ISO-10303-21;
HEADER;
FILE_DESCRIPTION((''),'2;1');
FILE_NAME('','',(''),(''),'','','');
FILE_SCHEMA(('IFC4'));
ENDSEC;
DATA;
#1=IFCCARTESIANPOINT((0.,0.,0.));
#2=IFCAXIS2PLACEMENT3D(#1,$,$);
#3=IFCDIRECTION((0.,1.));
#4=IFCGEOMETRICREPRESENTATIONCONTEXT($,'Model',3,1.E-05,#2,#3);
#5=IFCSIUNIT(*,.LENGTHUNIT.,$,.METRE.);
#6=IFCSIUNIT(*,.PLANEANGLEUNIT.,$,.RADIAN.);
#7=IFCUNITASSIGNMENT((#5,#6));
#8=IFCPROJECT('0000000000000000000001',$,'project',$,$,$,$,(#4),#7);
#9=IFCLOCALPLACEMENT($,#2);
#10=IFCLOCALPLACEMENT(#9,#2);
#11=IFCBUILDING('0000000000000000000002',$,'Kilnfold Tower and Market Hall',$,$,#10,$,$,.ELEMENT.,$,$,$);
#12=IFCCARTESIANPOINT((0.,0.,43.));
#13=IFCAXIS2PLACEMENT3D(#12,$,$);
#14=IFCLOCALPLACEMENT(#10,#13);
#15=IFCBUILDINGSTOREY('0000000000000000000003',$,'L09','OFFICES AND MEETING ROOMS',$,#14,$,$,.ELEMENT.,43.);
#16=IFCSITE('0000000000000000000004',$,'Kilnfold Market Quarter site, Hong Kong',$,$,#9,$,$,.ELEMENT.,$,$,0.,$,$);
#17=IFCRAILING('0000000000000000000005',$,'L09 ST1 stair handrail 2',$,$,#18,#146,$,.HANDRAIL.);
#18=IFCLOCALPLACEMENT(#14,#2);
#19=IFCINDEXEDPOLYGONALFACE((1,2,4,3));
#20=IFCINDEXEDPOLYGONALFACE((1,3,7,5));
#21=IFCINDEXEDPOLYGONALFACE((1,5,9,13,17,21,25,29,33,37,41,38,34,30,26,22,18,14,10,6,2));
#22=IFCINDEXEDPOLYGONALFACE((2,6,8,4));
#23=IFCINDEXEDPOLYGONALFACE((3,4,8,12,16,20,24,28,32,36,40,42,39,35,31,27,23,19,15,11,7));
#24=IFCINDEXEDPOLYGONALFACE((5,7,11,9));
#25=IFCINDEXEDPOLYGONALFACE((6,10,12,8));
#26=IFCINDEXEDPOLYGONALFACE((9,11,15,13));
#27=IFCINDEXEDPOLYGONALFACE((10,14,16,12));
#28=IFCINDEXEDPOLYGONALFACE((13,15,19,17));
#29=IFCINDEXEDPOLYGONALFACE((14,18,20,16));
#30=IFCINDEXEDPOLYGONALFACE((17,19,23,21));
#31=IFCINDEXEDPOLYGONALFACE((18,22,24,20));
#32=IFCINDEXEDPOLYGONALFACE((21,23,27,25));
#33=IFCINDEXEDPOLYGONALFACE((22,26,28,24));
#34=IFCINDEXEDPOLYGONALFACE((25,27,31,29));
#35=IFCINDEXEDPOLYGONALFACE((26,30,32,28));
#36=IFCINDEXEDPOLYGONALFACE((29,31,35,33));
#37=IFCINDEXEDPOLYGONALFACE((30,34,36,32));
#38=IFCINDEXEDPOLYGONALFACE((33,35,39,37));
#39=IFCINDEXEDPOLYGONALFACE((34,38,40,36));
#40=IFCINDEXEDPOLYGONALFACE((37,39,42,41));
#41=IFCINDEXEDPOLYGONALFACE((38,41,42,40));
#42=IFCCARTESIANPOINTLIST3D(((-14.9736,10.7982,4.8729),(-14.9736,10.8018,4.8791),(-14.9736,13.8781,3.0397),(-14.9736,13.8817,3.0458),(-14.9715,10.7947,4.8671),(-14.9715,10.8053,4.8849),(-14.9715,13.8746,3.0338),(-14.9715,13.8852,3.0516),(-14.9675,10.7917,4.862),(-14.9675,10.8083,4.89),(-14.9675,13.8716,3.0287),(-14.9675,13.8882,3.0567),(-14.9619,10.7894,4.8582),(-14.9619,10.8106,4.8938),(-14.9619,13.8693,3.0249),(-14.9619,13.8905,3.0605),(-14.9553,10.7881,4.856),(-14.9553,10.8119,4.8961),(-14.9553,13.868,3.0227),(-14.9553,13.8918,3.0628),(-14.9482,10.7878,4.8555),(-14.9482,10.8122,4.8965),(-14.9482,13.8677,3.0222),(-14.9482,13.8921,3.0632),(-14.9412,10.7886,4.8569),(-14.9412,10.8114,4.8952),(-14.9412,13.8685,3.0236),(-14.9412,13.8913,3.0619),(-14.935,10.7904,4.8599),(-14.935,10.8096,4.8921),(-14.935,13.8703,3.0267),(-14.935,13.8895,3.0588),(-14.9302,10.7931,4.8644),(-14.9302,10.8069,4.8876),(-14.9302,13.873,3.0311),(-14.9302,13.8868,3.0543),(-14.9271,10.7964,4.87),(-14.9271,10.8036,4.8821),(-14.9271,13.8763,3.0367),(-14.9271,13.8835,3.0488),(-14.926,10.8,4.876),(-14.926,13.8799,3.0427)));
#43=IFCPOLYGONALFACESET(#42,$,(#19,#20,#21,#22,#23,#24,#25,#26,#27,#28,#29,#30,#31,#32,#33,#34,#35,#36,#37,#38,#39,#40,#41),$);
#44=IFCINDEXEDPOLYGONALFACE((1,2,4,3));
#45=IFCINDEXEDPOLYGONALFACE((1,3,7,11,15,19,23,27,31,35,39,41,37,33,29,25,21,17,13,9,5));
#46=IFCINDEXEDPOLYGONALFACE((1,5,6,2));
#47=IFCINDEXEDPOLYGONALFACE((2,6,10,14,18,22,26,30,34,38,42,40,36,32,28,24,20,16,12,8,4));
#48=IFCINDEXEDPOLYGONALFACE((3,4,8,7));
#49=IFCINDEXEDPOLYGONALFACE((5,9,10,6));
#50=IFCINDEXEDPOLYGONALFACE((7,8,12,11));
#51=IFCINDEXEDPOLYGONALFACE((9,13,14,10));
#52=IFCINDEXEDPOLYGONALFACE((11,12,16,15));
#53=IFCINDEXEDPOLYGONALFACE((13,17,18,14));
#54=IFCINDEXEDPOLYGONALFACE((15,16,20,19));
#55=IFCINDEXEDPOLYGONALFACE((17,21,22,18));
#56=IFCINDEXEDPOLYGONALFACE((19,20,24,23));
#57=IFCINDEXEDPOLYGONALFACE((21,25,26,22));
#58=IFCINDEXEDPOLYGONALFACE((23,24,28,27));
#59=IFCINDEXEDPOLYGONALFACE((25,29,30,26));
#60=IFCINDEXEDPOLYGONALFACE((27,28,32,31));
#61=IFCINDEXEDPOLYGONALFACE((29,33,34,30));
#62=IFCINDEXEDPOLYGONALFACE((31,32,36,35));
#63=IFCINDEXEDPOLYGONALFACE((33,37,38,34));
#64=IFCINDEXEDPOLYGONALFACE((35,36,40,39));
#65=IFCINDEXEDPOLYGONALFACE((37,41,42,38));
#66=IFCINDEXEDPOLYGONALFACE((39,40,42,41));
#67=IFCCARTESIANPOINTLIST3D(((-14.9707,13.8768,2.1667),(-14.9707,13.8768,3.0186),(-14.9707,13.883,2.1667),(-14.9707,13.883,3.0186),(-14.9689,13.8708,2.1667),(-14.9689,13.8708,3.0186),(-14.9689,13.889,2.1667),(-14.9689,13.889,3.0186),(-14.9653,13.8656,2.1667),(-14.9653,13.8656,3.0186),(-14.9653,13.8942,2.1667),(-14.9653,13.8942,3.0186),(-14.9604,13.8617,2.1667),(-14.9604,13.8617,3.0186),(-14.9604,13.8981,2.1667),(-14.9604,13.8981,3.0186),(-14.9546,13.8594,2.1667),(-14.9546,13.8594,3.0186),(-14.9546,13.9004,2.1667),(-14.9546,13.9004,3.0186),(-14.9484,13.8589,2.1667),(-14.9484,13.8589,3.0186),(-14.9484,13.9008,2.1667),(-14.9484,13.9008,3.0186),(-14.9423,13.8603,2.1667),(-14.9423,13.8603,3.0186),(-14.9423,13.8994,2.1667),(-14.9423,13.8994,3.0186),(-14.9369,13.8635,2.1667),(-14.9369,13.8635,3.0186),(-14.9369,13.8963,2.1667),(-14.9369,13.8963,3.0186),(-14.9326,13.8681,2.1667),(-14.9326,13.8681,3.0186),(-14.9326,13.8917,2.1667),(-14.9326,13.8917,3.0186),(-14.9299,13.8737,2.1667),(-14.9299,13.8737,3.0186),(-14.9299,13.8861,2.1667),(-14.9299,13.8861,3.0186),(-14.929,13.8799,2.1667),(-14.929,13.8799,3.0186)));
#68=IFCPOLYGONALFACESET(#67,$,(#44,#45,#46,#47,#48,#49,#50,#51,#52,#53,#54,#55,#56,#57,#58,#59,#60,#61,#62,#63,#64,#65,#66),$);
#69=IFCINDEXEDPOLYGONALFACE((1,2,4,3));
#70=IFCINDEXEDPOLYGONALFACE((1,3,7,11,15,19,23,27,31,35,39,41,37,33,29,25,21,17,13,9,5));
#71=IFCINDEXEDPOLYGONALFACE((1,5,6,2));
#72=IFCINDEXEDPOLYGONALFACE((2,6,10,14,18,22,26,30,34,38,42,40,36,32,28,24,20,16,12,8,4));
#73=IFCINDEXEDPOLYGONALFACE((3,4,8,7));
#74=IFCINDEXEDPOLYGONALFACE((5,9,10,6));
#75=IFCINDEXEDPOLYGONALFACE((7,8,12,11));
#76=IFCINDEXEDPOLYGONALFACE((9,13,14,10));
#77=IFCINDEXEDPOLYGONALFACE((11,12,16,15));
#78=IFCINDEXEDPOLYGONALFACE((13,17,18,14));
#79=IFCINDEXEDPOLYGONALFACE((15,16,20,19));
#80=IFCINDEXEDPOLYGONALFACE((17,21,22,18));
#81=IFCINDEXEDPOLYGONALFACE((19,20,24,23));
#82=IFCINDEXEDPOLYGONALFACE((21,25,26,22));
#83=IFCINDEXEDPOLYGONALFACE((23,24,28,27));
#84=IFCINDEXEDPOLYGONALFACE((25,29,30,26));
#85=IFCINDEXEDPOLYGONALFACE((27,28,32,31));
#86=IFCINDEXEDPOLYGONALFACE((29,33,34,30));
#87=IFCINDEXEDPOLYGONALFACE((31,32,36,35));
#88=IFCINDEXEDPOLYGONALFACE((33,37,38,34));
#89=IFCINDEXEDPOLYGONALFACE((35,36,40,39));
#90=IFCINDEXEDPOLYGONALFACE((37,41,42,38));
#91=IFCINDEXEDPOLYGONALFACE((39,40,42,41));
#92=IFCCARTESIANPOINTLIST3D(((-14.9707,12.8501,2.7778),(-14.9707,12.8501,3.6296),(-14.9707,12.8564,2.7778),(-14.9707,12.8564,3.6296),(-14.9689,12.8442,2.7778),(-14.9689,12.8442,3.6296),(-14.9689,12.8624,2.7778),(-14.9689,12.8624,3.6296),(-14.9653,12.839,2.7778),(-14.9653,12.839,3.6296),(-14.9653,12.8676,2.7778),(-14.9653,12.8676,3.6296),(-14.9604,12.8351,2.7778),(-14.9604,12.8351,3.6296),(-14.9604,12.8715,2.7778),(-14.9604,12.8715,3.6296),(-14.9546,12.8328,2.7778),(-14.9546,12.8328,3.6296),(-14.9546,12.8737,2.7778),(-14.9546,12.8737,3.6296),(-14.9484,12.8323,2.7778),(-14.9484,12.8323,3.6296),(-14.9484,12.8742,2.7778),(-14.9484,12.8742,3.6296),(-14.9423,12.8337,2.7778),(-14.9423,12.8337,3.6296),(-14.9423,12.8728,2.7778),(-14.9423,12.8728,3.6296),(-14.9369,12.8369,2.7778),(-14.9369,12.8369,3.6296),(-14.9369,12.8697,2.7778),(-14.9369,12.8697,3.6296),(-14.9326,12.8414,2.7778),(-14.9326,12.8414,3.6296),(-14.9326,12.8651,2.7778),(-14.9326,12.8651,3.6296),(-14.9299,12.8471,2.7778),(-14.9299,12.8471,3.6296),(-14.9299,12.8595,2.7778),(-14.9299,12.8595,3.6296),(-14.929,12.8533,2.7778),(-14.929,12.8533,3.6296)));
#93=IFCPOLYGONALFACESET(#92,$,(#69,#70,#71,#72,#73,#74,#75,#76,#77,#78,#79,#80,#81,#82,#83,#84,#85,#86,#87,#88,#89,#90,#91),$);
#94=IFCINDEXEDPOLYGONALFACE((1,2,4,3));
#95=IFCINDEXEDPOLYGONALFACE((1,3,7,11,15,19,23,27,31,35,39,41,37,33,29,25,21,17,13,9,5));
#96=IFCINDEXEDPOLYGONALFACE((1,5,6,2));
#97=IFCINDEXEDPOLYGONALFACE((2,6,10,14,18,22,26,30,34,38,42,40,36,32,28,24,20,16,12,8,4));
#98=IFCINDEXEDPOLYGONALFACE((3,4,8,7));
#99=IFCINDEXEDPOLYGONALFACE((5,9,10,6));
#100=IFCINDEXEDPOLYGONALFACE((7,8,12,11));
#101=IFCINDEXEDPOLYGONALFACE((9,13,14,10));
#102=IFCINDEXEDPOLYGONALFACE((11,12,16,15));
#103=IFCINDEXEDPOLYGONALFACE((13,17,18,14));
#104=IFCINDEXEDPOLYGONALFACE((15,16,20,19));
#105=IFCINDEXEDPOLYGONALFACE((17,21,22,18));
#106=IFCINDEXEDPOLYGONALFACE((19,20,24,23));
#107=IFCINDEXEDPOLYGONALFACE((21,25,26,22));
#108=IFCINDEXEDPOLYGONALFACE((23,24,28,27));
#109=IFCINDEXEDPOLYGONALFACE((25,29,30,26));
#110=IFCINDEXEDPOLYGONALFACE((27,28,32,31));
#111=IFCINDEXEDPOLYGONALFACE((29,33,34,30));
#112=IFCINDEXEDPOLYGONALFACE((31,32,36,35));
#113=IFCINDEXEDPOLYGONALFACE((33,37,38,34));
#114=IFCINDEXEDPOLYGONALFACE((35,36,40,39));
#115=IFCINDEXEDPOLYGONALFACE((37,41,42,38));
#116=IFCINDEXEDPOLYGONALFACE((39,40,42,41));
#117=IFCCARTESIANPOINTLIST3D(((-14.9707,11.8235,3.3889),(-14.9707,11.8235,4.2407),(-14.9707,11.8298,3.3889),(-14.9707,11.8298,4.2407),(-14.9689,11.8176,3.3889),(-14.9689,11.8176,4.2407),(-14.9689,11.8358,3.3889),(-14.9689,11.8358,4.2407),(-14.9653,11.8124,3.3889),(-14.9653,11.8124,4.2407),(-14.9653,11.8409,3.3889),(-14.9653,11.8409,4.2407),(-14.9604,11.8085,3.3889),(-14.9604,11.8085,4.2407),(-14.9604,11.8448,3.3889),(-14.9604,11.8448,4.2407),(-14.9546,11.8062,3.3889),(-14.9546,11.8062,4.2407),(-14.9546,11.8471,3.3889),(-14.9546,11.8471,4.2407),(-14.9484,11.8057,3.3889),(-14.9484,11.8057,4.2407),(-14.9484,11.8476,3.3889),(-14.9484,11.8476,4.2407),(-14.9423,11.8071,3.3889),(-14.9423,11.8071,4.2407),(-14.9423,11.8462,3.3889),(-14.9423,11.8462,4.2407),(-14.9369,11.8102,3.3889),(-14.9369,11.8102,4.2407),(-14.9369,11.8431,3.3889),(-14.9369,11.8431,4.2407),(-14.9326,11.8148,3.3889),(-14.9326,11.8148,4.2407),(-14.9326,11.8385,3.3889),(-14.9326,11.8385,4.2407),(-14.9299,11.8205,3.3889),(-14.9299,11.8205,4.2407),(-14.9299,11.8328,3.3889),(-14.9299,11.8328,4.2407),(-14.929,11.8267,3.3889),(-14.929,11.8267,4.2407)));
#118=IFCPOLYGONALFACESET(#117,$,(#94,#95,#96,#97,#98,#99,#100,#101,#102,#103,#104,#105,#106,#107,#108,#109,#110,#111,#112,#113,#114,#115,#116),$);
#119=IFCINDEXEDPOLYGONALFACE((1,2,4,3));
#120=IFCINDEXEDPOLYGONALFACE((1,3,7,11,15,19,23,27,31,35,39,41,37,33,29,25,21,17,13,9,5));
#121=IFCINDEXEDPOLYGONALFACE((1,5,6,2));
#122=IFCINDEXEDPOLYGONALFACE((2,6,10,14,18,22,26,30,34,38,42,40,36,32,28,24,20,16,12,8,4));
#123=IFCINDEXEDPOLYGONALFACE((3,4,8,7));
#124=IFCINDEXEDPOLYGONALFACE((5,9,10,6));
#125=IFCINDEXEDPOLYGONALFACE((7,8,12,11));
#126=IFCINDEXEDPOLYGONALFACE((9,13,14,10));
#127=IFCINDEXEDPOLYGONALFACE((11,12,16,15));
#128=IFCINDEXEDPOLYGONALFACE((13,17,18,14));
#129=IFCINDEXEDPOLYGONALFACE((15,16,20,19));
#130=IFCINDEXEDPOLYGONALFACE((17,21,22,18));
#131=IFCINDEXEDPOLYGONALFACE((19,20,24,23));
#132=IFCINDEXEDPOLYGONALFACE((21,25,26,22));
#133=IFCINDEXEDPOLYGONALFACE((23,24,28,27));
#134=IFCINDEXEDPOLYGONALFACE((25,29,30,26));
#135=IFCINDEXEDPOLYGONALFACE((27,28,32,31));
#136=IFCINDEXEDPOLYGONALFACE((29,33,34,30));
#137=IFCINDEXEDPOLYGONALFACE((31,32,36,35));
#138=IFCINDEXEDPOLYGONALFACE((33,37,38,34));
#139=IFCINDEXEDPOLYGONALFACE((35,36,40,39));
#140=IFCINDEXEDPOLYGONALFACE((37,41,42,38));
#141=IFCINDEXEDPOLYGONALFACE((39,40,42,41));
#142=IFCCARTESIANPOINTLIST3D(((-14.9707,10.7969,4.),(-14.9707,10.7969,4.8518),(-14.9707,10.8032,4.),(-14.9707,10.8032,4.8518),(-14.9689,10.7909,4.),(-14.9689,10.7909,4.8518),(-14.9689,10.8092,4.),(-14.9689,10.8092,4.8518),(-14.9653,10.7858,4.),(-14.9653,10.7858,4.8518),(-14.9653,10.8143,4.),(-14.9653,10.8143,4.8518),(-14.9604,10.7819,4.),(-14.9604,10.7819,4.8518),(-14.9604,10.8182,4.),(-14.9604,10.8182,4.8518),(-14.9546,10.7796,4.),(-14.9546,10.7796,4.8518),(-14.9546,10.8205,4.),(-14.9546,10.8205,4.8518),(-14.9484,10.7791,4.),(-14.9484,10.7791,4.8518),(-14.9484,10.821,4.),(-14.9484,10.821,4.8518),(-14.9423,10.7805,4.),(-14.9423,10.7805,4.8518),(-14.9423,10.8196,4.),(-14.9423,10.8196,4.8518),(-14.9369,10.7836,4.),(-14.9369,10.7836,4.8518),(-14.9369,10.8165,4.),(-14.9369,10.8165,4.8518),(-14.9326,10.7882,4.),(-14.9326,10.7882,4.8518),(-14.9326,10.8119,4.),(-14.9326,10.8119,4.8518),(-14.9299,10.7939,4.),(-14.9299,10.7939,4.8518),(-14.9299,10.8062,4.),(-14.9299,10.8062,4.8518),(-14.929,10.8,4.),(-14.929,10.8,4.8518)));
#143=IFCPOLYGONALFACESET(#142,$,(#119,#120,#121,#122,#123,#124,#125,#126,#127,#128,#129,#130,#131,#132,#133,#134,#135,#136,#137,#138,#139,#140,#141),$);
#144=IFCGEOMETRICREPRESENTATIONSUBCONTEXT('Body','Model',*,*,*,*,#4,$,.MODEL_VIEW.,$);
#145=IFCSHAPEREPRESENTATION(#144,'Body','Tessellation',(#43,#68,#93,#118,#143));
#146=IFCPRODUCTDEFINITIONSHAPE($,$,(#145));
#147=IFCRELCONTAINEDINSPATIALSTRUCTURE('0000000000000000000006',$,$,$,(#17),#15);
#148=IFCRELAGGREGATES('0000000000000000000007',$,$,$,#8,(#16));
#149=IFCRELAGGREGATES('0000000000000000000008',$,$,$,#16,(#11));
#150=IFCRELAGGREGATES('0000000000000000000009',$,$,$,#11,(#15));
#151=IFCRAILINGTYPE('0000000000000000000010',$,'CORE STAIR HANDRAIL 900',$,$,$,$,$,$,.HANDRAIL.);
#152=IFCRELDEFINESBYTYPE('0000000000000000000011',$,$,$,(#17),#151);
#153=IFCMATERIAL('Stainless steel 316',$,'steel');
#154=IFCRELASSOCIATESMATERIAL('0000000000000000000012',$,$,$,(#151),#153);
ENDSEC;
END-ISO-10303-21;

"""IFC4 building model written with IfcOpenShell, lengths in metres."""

from ifc_helpers import new_model, si_unit, direction, frame, origin, origin_2d, place, context, subcontext, project, spatial, circle, extrude, material, type_object, element, save


model = new_model("IFC4")

# Units and contexts
model_context = context("Model", 3, precision=1e-05, world=origin(), true_north=direction((0.0, 1.0)))
body_context = subcontext(model_context, "Body", "Model", "MODEL_VIEW")
ifc_project = project(units=[si_unit("LENGTHUNIT", "METRE"), si_unit("PLANEANGLEUNIT", "RADIAN")], contexts=[model_context])

# Site, building, storey
site_placement = place(None, origin())
site = spatial("IfcSite", under=ifc_project, at=site_placement, Name="Kilnfold Market Quarter site, Hong Kong", CompositionType="ELEMENT", RefElevation=0.0)
building_placement = place(site_placement, origin())
building = spatial("IfcBuilding", under=site, at=building_placement, Name="Kilnfold Tower and Market Hall", CompositionType="ELEMENT")
storey_placement = place(building_placement, frame((0.0, 0.0, 43.0)))
storey = spatial("IfcBuildingStorey", under=building, at=storey_placement, Name="L09", Description="OFFICES AND MEETING ROOMS", CompositionType="ELEMENT", Elevation=43.0)

# Railing
ifc_material_1 = material(Name="Stainless steel 316", Category="steel")
railing_type_1 = type_object("IfcRailingType", Name="CORE STAIR HANDRAIL 900", PredefinedType="HANDRAIL", material=ifc_material_1)
railing_1_placement = place(storey_placement, frame((-14.95, 13.8799, 2.1667)))
element("IfcRailing", 1, at=railing_1_placement, inside=storey, type_object=railing_type_1, Name="L09 ST1 stair handrail 2", PredefinedType="HANDRAIL", context=body_context, shape_type="SweptSolid", body=[
    extrude(circle(Radius=0.0239, at=origin_2d()), frame((0.0, 0.0, 0.876), z_axis=(0.0, -0.859291, 0.511487), x_axis=(1.0, 0.0, 0.0)), (0.0, 0.0, 1.0), 3.5842),
    extrude(circle(Radius=0.021, at=origin_2d()), origin(), (0.0, 0.0, 1.0), 0.8518),
    extrude(circle(Radius=0.021, at=origin_2d()), frame((0.0, -1.0266, 0.6111)), (0.0, 0.0, 1.0), 0.8518),
    extrude(circle(Radius=0.021, at=origin_2d()), frame((0.0, -2.0532, 1.2222)), (0.0, 0.0, 1.0), 0.8518),
    extrude(circle(Radius=0.021, at=origin_2d()), frame((0.0, -3.0798, 1.8333)), (0.0, 0.0, 1.0), 0.8518),
])

save(model, "model.ifc")
